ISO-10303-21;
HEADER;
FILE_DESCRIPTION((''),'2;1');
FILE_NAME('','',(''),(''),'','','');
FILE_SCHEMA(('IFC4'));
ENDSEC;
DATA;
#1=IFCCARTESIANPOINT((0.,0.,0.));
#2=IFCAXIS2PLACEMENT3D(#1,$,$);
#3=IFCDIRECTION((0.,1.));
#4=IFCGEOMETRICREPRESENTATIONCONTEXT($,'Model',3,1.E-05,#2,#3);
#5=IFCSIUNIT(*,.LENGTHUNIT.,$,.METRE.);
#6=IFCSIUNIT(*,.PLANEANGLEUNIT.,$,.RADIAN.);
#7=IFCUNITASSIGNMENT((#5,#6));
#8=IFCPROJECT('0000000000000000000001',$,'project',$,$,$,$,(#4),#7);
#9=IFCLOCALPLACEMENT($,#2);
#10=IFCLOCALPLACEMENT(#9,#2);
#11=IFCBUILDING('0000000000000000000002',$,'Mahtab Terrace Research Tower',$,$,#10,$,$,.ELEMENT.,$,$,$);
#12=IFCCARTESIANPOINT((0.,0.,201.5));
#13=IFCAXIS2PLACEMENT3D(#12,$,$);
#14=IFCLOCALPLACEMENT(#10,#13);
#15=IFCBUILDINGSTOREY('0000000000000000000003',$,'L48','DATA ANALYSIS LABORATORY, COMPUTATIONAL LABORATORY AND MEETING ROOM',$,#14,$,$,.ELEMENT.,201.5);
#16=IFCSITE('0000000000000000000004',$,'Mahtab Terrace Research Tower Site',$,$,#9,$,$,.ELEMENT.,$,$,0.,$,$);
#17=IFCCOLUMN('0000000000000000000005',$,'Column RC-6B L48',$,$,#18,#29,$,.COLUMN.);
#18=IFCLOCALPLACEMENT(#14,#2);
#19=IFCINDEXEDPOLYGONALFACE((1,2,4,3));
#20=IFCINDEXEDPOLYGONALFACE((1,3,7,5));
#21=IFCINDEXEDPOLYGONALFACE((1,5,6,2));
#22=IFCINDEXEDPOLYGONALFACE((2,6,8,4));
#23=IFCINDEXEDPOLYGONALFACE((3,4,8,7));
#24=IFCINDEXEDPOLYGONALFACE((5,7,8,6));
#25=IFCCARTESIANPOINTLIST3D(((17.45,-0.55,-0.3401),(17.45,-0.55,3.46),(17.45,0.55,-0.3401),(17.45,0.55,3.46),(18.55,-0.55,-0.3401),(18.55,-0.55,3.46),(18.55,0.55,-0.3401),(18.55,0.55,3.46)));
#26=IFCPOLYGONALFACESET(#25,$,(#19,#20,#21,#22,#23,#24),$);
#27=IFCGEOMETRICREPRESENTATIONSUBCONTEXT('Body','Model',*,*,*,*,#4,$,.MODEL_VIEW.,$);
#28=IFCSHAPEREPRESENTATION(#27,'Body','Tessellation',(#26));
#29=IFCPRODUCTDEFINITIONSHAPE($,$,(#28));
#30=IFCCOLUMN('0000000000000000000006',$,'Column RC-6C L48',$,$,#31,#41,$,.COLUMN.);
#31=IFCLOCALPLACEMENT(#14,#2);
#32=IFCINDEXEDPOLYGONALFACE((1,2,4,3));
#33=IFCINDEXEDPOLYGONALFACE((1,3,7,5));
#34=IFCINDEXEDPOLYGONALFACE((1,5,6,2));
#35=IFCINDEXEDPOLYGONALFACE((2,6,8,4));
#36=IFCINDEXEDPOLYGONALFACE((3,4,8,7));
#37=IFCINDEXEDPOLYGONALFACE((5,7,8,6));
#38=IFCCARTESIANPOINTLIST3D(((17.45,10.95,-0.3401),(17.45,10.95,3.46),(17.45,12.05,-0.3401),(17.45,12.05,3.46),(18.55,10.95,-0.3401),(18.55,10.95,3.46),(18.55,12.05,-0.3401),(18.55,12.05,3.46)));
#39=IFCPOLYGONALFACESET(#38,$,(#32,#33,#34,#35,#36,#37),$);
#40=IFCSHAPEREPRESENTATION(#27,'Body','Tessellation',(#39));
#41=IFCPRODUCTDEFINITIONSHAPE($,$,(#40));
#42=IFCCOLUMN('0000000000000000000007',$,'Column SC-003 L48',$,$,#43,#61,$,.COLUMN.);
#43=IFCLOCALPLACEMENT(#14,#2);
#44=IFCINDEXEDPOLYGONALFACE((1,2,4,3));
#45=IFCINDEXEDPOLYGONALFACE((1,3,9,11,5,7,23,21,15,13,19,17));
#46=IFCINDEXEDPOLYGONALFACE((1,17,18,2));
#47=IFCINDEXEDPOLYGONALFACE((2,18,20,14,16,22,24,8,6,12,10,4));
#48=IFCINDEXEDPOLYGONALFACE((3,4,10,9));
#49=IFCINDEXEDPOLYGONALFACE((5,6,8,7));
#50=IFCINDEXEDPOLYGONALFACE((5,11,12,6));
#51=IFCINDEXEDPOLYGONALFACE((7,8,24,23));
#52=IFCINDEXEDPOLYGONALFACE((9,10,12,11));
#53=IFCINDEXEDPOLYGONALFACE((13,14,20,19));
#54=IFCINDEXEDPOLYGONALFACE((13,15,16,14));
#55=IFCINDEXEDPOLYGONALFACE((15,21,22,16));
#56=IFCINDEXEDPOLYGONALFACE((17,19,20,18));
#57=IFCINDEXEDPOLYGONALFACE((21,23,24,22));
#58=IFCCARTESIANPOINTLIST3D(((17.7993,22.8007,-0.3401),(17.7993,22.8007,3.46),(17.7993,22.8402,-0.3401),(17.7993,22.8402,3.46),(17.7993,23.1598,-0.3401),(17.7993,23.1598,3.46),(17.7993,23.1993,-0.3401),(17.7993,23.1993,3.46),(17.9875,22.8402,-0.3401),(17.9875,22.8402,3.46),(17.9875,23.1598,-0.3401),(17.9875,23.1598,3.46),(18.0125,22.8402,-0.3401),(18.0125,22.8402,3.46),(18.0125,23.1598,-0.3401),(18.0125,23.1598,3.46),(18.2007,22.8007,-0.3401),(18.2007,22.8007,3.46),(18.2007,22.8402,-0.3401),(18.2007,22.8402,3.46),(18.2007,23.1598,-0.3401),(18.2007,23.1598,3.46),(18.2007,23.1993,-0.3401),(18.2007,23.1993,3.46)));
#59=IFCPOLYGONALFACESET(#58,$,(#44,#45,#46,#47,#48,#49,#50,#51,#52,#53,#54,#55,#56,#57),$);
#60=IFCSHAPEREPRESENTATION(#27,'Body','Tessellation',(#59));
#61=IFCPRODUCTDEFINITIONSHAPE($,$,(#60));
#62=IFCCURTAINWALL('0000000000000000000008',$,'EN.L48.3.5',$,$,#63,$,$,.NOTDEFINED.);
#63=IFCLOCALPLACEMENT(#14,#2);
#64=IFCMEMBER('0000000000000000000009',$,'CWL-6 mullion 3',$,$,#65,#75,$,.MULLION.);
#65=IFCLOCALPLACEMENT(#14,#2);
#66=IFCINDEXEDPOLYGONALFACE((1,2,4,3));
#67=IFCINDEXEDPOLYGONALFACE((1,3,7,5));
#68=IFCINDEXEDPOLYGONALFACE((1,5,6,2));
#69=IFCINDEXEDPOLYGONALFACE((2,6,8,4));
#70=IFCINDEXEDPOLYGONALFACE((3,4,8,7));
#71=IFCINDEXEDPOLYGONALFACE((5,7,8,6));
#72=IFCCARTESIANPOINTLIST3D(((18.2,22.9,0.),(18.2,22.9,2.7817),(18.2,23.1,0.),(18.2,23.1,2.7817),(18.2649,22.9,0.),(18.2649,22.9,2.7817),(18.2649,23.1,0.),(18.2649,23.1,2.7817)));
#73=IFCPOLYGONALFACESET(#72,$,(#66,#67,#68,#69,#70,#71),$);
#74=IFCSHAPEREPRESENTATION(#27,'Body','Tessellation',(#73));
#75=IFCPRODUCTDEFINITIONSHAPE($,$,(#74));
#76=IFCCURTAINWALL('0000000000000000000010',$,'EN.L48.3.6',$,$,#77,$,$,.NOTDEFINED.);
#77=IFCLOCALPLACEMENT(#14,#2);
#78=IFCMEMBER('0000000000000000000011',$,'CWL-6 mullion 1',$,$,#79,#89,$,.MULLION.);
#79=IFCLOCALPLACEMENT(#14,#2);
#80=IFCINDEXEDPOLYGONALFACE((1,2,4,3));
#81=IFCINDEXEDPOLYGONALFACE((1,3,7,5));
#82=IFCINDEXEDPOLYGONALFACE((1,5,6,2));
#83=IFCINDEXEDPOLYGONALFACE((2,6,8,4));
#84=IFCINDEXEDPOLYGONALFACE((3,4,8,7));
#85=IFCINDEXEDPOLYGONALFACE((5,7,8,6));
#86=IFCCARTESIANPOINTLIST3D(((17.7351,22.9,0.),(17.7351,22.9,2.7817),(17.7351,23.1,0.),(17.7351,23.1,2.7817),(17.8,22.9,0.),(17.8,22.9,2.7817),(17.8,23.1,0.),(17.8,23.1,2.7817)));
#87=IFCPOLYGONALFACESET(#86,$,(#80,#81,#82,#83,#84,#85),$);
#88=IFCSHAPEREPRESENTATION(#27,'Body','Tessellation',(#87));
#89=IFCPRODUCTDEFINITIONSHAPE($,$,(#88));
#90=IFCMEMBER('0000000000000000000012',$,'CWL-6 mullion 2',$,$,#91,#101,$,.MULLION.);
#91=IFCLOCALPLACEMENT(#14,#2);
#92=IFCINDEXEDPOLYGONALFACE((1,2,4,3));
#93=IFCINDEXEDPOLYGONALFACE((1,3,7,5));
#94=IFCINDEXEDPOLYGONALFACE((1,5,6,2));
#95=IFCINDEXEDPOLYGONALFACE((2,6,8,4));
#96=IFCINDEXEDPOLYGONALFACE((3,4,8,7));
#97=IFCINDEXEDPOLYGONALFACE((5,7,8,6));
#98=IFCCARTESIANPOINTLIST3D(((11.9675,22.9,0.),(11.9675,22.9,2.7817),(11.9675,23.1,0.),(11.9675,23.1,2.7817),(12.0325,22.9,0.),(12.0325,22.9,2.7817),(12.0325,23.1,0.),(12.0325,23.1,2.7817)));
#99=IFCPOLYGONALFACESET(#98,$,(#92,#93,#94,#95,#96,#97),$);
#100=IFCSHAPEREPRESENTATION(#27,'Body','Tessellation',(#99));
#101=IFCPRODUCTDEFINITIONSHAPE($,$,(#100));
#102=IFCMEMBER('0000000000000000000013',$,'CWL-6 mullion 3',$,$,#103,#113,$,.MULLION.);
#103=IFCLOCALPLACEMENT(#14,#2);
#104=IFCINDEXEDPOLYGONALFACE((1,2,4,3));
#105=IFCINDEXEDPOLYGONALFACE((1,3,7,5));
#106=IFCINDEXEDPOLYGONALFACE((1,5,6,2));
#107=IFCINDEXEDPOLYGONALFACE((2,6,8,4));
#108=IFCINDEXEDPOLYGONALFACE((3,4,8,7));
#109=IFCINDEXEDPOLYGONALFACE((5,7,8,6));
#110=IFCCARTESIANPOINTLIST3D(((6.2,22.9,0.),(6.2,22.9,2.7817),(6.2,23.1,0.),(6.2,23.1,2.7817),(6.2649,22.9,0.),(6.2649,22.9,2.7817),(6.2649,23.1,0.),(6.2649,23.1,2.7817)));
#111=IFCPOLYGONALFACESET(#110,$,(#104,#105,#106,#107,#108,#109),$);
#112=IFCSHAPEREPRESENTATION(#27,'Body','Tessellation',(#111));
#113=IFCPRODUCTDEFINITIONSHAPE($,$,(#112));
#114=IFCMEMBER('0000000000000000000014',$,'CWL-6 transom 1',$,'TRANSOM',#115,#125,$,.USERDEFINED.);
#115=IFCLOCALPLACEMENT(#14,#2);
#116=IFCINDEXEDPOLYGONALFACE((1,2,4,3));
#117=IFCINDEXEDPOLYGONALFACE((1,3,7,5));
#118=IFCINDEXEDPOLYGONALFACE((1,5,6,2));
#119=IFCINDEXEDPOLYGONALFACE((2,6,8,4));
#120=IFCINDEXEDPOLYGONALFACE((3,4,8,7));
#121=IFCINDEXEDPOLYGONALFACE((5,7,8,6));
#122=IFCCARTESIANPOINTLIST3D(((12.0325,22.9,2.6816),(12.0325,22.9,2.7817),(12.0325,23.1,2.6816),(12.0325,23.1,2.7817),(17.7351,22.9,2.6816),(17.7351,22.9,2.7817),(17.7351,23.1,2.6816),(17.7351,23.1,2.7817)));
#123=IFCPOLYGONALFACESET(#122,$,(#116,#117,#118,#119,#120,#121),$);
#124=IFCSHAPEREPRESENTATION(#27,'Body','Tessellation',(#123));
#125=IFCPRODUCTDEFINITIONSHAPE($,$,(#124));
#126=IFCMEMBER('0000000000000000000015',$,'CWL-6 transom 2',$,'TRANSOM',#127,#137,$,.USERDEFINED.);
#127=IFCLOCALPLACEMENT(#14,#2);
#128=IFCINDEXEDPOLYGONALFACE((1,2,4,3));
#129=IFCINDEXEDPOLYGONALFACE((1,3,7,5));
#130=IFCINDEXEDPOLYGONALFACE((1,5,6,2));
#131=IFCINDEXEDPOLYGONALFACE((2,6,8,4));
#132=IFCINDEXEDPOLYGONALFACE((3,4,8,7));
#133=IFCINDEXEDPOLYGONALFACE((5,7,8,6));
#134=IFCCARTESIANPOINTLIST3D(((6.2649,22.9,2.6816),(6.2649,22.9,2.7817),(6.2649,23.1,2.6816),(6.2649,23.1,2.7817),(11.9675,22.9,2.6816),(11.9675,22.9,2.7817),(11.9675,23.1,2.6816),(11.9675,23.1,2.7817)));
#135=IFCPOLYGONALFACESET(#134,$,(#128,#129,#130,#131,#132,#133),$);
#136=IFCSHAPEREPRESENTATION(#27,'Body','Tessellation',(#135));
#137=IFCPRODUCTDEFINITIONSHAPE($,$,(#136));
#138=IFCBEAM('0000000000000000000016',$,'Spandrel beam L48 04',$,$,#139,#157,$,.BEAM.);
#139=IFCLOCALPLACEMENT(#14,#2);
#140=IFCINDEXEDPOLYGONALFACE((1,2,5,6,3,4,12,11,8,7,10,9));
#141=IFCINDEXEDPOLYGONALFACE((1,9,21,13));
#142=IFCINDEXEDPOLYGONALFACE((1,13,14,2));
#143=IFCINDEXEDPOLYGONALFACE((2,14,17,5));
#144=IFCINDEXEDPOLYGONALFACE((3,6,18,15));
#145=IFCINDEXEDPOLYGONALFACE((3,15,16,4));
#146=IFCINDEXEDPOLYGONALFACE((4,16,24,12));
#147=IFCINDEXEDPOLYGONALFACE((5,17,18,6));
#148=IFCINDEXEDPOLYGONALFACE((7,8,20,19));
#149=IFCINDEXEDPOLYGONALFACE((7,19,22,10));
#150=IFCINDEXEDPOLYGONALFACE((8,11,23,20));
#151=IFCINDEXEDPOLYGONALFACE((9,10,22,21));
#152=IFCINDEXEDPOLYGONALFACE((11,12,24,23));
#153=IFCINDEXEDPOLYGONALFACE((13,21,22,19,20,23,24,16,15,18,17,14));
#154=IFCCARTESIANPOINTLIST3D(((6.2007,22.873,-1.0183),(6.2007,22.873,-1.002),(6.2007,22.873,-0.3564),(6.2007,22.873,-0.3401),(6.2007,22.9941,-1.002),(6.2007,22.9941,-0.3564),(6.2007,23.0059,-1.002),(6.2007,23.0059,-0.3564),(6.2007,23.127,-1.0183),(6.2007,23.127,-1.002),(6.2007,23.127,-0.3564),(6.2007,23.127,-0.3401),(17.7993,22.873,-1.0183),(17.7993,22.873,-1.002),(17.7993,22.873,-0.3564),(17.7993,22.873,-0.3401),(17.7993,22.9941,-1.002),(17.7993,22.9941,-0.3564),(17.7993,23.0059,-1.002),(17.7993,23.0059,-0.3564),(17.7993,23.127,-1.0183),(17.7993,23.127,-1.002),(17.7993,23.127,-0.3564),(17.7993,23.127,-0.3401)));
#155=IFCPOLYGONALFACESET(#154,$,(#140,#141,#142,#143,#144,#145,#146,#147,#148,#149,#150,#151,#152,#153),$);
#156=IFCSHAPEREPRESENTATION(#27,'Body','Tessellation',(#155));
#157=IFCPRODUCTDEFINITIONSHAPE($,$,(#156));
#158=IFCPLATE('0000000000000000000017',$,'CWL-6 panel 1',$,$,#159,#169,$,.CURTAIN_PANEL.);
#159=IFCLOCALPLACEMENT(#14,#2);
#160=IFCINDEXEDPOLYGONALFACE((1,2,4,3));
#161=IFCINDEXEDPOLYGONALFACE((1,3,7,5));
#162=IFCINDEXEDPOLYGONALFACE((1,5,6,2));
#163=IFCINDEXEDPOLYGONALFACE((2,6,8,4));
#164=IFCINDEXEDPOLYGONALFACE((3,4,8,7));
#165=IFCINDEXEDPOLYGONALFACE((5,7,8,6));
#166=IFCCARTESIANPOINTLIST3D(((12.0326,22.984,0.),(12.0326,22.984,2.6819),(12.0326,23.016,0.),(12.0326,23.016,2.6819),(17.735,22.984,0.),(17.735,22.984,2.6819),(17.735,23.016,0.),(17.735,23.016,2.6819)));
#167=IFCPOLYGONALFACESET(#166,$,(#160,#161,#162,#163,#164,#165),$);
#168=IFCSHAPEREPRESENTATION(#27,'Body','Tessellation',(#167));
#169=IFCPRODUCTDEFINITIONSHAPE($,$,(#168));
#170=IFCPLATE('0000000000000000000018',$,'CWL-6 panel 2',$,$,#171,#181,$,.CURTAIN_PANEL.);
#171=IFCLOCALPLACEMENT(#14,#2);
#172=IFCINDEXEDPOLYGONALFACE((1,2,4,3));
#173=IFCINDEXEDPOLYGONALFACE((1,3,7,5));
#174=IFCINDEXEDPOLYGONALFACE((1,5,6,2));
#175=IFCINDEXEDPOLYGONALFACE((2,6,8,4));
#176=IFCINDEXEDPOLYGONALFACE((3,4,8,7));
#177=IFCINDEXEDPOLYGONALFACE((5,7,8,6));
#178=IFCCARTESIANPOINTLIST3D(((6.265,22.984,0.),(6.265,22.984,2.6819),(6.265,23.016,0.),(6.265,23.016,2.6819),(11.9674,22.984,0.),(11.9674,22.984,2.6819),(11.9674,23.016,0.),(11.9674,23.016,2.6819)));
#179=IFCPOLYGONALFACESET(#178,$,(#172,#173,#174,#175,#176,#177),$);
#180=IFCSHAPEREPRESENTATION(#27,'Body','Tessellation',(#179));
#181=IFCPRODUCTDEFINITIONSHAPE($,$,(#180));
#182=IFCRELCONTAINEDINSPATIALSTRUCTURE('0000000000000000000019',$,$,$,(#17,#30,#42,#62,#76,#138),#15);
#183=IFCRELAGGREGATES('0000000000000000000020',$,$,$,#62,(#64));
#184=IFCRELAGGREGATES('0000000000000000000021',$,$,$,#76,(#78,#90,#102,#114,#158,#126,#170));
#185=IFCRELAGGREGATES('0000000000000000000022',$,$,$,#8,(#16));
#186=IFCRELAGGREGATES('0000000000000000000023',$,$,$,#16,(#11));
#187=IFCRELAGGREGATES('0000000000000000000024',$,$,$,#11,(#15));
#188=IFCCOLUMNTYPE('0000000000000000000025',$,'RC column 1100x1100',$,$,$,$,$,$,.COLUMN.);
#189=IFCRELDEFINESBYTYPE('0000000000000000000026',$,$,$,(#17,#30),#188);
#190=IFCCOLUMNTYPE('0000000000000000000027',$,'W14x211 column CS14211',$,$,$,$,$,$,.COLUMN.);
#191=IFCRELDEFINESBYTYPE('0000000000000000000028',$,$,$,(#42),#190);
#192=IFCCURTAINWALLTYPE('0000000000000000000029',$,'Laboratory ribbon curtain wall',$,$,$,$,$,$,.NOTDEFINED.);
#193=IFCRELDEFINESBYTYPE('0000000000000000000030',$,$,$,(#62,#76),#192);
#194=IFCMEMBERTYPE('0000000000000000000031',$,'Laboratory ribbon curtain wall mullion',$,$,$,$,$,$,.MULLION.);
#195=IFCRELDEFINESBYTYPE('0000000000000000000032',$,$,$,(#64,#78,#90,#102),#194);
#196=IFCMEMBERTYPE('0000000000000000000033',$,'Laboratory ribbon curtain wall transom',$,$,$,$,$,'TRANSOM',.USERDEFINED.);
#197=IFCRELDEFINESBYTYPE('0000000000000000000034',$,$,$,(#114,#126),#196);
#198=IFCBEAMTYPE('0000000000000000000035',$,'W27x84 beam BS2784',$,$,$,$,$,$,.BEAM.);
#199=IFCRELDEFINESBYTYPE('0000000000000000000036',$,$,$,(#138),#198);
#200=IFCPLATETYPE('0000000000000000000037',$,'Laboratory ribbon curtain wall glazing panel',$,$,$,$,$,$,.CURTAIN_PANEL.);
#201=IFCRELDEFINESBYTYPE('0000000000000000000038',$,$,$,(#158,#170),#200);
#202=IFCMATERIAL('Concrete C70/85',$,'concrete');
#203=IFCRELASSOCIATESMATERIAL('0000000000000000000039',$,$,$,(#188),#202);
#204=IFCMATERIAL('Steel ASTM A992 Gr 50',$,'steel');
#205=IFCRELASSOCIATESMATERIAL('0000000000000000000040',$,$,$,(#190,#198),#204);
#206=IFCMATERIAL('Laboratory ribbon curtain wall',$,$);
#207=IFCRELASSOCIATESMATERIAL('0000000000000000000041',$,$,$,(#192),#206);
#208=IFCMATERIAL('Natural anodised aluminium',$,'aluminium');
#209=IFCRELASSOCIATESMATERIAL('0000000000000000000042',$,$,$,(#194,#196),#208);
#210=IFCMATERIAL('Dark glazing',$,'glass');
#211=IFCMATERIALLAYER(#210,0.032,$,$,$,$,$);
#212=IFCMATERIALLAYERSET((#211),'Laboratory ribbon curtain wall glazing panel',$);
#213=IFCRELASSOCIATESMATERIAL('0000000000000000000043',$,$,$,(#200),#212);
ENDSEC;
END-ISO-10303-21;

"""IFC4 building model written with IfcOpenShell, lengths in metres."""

from ifc_helpers import new_model, si_unit, direction, frame, origin, origin_2d, place, context, subcontext, project, spatial, rectangle, i_section, extrude, material, layer, layer_set, material_profile, profile_set, type_object, element, aggregate, save


model = new_model("IFC4")

# Units and contexts
model_context = context("Model", 3, precision=1e-05, world=origin(), true_north=direction((0.0, 1.0)))
body_context = subcontext(model_context, "Body", "Model", "MODEL_VIEW")
ifc_project = project(units=[si_unit("LENGTHUNIT", "METRE"), si_unit("PLANEANGLEUNIT", "RADIAN")], contexts=[model_context])

# Site, building, storey
site_placement = place(None, origin())
site = spatial("IfcSite", under=ifc_project, at=site_placement, Name="Mahtab Terrace Research Tower Site", CompositionType="ELEMENT", RefElevation=0.0)
building_placement = place(site_placement, origin())
building = spatial("IfcBuilding", under=site, at=building_placement, Name="Mahtab Terrace Research Tower", CompositionType="ELEMENT")
storey_placement = place(building_placement, frame((0.0, 0.0, 201.5)))
storey = spatial("IfcBuildingStorey", under=building, at=storey_placement, Name="L48", Description="DATA ANALYSIS LABORATORY, COMPUTATIONAL LABORATORY AND MEETING ROOM", CompositionType="ELEMENT", Elevation=201.5)

# Columns
ifc_material_1 = material(Name="Concrete C70/85", Category="concrete")
ifc_material_profile_1 = material_profile(ifc_material_1, rectangle(XDim=1.1001, YDim=1.1001, at=origin_2d()), Name="RC column 1100x1100")
ifc_profile_set_1 = profile_set([ifc_material_profile_1], Name="Concrete C70/85")
column_type_1 = type_object("IfcColumnType", Name="RC column 1100x1100", PredefinedType="COLUMN", material=ifc_profile_set_1)
for number, where, z_axis, x_axis, name in (
    (1, (18.0, 0.0, -0.3401), (0.0, 0.0, 1.0), (1.0, 0.0, 0.0), "Column RC-6B L48"),
    (2, (18.0, 11.5, -0.3401), (0.0, 0.0, 1.0), (1.0, 0.0, 0.0), "Column RC-6C L48"),
):
    element("IfcColumn", number, at=place(storey_placement, frame(where, z_axis=z_axis, x_axis=x_axis)), inside=storey, type_object=column_type_1, Name=name, PredefinedType="COLUMN", context=body_context, shape_type="SweptSolid", body=[
        extrude(rectangle(XDim=1.1001, YDim=1.1001, at=origin_2d()), origin(), (0.0, 0.0, 1.0), 3.8),
    ])
ifc_material_2 = material(Name="Steel ASTM A992 Gr 50", Category="steel")
ifc_material_profile_2 = material_profile(ifc_material_2, i_section(OverallWidth=0.4014, OverallDepth=0.3987, WebThickness=0.0249, FlangeThickness=0.0396, at=origin_2d()), Name="W14X211")
ifc_profile_set_2 = profile_set([ifc_material_profile_2], Name="Steel ASTM A992 Gr 50")
column_type_2 = type_object("IfcColumnType", Name="W14x211 column CS14211", PredefinedType="COLUMN", material=ifc_profile_set_2)
column_placement = place(storey_placement, frame((18.0, 23.0, -0.3401), z_axis=(0.0, 0.0, 1.0), x_axis=(1.0, 0.0, 0.0)))
element("IfcColumn", 3, at=column_placement, inside=storey, type_object=column_type_2, Name="Column SC-003 L48", PredefinedType="COLUMN", context=body_context, shape_type="SweptSolid", body=[
    extrude(i_section(OverallWidth=0.4014, OverallDepth=0.3987, WebThickness=0.0249, FlangeThickness=0.0396, at=origin_2d()), origin(), (0.0, 0.0, 1.0), 3.8),
])

# Curtain wall, member
ifc_material_3 = material(Name="Laboratory ribbon curtain wall")
curtain_wall_type = type_object("IfcCurtainWallType", Name="Laboratory ribbon curtain wall", PredefinedType="NOTDEFINED", material=ifc_material_3)
curtain_wall_1_placement = place(storey_placement, origin())
curtain_wall_1 = element("IfcCurtainWall", 4, at=curtain_wall_1_placement, inside=storey, type_object=curtain_wall_type, Name="EN.L48.3.5", PredefinedType="NOTDEFINED")
ifc_material_4 = material(Name="Natural anodised aluminium", Category="aluminium")
ifc_material_profile_3 = material_profile(ifc_material_4, rectangle(XDim=0.2, YDim=0.0649, at=origin_2d()), Name="MULLION 65x200")
ifc_profile_set_3 = profile_set([ifc_material_profile_3], Name="Natural anodised aluminium")
member_type_1 = type_object("IfcMemberType", Name="Laboratory ribbon curtain wall mullion", PredefinedType="MULLION", material=ifc_profile_set_3)
member_1_placement = place(storey_placement, frame((18.2324, 23.0, 0.0), z_axis=(0.0, 0.0, 1.0), x_axis=(0.0, -1.0, 0.0)))
member_1 = element("IfcMember", 5, at=member_1_placement, type_object=member_type_1, Name="CWL-6 mullion 3", PredefinedType="MULLION", context=body_context, shape_type="SweptSolid", body=[
    extrude(rectangle(XDim=0.2, YDim=0.0649, at=origin_2d()), origin(), (0.0, 0.0, 1.0), 2.7817),
])
aggregate(curtain_wall_1, [member_1])

# Curtain wall, members
curtain_wall_2_placement = place(storey_placement, origin())
curtain_wall_2 = element("IfcCurtainWall", 6, at=curtain_wall_2_placement, inside=storey, type_object=curtain_wall_type, Name="EN.L48.3.6", PredefinedType="NOTDEFINED")
member_2_placement = place(storey_placement, frame((17.7676, 23.0, 0.0), z_axis=(0.0, 0.0, 1.0), x_axis=(0.0, -1.0, 0.0)))
member_2 = element("IfcMember", 7, at=member_2_placement, type_object=member_type_1, Name="CWL-6 mullion 1", PredefinedType="MULLION", context=body_context, shape_type="SweptSolid", body=[
    extrude(rectangle(XDim=0.2, YDim=0.0649, at=origin_2d()), origin(), (0.0, 0.0, 1.0), 2.7817),
])
member_3_placement = place(storey_placement, frame((12.0, 23.0, 0.0), z_axis=(0.0, 0.0, 1.0), x_axis=(0.0, -1.0, 0.0)))
member_3 = element("IfcMember", 8, at=member_3_placement, type_object=member_type_1, Name="CWL-6 mullion 2", PredefinedType="MULLION", context=body_context, shape_type="SweptSolid", body=[
    extrude(rectangle(XDim=0.2, YDim=0.0649, at=origin_2d()), origin(), (0.0, 0.0, 1.0), 2.7817),
])
member_4_placement = place(storey_placement, frame((6.2324, 23.0, 0.0), z_axis=(0.0, 0.0, 1.0), x_axis=(0.0, -1.0, 0.0)))
member_4 = element("IfcMember", 9, at=member_4_placement, type_object=member_type_1, Name="CWL-6 mullion 3", PredefinedType="MULLION", context=body_context, shape_type="SweptSolid", body=[
    extrude(rectangle(XDim=0.2, YDim=0.0649, at=origin_2d()), origin(), (0.0, 0.0, 1.0), 2.7817),
])
ifc_material_profile_4 = material_profile(ifc_material_4, rectangle(XDim=0.2, YDim=0.1001, at=origin_2d()), Name="TRANSOM 100x200")
ifc_profile_set_4 = profile_set([ifc_material_profile_4], Name="Natural anodised aluminium")
member_type_2 = type_object("IfcMemberType", Name="Laboratory ribbon curtain wall transom", ElementType="TRANSOM", PredefinedType="USERDEFINED", material=ifc_profile_set_4)
member_5_placement = place(storey_placement, frame((17.7351, 23.0, 2.7317), z_axis=(-1.0, 0.0, 0.0), x_axis=(0.0, -1.0, 0.0)))
member_5 = element("IfcMember", 10, at=member_5_placement, type_object=member_type_2, Name="CWL-6 transom 1", ObjectType="TRANSOM", PredefinedType="USERDEFINED", context=body_context, shape_type="SweptSolid", body=[
    extrude(rectangle(XDim=0.2, YDim=0.1001, at=origin_2d()), origin(), (0.0, 0.0, 1.0), 5.7026),
])
member_6_placement = place(storey_placement, frame((11.9675, 23.0, 2.7317), z_axis=(-1.0, 0.0, 0.0), x_axis=(0.0, -1.0, 0.0)))
member_6 = element("IfcMember", 11, at=member_6_placement, type_object=member_type_2, Name="CWL-6 transom 2", ObjectType="TRANSOM", PredefinedType="USERDEFINED", context=body_context, shape_type="SweptSolid", body=[
    extrude(rectangle(XDim=0.2, YDim=0.1001, at=origin_2d()), origin(), (0.0, 0.0, 1.0), 5.7026),
])

# Beam
ifc_material_profile_5 = material_profile(ifc_material_2, i_section(OverallWidth=0.2539, OverallDepth=0.6782, WebThickness=0.0117, FlangeThickness=0.0164, at=origin_2d()), Name="W27X84")
ifc_profile_set_5 = profile_set([ifc_material_profile_5], Name="Steel ASTM A992 Gr 50")
beam_type = type_object("IfcBeamType", Name="W27x84 beam BS2784", PredefinedType="BEAM", material=ifc_profile_set_5)
beam_placement = place(storey_placement, frame((17.7993, 23.0, -0.6792), z_axis=(-1.0, 0.0, 0.0), x_axis=(0.0, -1.0, 0.0)))
element("IfcBeam", 12, at=beam_placement, inside=storey, type_object=beam_type, Name="Spandrel beam L48 04", PredefinedType="BEAM", context=body_context, shape_type="SweptSolid", body=[
    extrude(i_section(OverallWidth=0.2539, OverallDepth=0.6782, WebThickness=0.0117, FlangeThickness=0.0164, at=origin_2d()), origin(), (0.0, 0.0, 1.0), 11.5986),
])

# Plates
ifc_material_5 = material(Name="Dark glazing", Category="glass")
ifc_layer_1 = layer(ifc_material_5, 0.032)
ifc_layer_set_1 = layer_set([ifc_layer_1], Name="Laboratory ribbon curtain wall glazing panel")
plate_type = type_object("IfcPlateType", Name="Laboratory ribbon curtain wall glazing panel", PredefinedType="CURTAIN_PANEL", material=ifc_layer_set_1)
plate_1_placement = place(storey_placement, frame((14.8838, 23.0, 0.0), z_axis=(0.0, 0.0, 1.0), x_axis=(-1.0, 0.0, 0.0)))
plate_1 = element("IfcPlate", 13, at=plate_1_placement, type_object=plate_type, Name="CWL-6 panel 1", PredefinedType="CURTAIN_PANEL", context=body_context, shape_type="SweptSolid", body=[
    extrude(rectangle(XDim=5.7024, YDim=0.032, at=origin_2d()), origin(), (0.0, 0.0, 1.0), 2.6819),
])
plate_2_placement = place(storey_placement, frame((9.1162, 23.0, 0.0), z_axis=(0.0, 0.0, 1.0), x_axis=(-1.0, 0.0, 0.0)))
plate_2 = element("IfcPlate", 14, at=plate_2_placement, type_object=plate_type, Name="CWL-6 panel 2", PredefinedType="CURTAIN_PANEL", context=body_context, shape_type="SweptSolid", body=[
    extrude(rectangle(XDim=5.7024, YDim=0.032, at=origin_2d()), origin(), (0.0, 0.0, 1.0), 2.6819),
])
aggregate(curtain_wall_2, [member_2, member_3, member_4, member_5, plate_1, member_6, plate_2])

save(model, "model.ifc")
